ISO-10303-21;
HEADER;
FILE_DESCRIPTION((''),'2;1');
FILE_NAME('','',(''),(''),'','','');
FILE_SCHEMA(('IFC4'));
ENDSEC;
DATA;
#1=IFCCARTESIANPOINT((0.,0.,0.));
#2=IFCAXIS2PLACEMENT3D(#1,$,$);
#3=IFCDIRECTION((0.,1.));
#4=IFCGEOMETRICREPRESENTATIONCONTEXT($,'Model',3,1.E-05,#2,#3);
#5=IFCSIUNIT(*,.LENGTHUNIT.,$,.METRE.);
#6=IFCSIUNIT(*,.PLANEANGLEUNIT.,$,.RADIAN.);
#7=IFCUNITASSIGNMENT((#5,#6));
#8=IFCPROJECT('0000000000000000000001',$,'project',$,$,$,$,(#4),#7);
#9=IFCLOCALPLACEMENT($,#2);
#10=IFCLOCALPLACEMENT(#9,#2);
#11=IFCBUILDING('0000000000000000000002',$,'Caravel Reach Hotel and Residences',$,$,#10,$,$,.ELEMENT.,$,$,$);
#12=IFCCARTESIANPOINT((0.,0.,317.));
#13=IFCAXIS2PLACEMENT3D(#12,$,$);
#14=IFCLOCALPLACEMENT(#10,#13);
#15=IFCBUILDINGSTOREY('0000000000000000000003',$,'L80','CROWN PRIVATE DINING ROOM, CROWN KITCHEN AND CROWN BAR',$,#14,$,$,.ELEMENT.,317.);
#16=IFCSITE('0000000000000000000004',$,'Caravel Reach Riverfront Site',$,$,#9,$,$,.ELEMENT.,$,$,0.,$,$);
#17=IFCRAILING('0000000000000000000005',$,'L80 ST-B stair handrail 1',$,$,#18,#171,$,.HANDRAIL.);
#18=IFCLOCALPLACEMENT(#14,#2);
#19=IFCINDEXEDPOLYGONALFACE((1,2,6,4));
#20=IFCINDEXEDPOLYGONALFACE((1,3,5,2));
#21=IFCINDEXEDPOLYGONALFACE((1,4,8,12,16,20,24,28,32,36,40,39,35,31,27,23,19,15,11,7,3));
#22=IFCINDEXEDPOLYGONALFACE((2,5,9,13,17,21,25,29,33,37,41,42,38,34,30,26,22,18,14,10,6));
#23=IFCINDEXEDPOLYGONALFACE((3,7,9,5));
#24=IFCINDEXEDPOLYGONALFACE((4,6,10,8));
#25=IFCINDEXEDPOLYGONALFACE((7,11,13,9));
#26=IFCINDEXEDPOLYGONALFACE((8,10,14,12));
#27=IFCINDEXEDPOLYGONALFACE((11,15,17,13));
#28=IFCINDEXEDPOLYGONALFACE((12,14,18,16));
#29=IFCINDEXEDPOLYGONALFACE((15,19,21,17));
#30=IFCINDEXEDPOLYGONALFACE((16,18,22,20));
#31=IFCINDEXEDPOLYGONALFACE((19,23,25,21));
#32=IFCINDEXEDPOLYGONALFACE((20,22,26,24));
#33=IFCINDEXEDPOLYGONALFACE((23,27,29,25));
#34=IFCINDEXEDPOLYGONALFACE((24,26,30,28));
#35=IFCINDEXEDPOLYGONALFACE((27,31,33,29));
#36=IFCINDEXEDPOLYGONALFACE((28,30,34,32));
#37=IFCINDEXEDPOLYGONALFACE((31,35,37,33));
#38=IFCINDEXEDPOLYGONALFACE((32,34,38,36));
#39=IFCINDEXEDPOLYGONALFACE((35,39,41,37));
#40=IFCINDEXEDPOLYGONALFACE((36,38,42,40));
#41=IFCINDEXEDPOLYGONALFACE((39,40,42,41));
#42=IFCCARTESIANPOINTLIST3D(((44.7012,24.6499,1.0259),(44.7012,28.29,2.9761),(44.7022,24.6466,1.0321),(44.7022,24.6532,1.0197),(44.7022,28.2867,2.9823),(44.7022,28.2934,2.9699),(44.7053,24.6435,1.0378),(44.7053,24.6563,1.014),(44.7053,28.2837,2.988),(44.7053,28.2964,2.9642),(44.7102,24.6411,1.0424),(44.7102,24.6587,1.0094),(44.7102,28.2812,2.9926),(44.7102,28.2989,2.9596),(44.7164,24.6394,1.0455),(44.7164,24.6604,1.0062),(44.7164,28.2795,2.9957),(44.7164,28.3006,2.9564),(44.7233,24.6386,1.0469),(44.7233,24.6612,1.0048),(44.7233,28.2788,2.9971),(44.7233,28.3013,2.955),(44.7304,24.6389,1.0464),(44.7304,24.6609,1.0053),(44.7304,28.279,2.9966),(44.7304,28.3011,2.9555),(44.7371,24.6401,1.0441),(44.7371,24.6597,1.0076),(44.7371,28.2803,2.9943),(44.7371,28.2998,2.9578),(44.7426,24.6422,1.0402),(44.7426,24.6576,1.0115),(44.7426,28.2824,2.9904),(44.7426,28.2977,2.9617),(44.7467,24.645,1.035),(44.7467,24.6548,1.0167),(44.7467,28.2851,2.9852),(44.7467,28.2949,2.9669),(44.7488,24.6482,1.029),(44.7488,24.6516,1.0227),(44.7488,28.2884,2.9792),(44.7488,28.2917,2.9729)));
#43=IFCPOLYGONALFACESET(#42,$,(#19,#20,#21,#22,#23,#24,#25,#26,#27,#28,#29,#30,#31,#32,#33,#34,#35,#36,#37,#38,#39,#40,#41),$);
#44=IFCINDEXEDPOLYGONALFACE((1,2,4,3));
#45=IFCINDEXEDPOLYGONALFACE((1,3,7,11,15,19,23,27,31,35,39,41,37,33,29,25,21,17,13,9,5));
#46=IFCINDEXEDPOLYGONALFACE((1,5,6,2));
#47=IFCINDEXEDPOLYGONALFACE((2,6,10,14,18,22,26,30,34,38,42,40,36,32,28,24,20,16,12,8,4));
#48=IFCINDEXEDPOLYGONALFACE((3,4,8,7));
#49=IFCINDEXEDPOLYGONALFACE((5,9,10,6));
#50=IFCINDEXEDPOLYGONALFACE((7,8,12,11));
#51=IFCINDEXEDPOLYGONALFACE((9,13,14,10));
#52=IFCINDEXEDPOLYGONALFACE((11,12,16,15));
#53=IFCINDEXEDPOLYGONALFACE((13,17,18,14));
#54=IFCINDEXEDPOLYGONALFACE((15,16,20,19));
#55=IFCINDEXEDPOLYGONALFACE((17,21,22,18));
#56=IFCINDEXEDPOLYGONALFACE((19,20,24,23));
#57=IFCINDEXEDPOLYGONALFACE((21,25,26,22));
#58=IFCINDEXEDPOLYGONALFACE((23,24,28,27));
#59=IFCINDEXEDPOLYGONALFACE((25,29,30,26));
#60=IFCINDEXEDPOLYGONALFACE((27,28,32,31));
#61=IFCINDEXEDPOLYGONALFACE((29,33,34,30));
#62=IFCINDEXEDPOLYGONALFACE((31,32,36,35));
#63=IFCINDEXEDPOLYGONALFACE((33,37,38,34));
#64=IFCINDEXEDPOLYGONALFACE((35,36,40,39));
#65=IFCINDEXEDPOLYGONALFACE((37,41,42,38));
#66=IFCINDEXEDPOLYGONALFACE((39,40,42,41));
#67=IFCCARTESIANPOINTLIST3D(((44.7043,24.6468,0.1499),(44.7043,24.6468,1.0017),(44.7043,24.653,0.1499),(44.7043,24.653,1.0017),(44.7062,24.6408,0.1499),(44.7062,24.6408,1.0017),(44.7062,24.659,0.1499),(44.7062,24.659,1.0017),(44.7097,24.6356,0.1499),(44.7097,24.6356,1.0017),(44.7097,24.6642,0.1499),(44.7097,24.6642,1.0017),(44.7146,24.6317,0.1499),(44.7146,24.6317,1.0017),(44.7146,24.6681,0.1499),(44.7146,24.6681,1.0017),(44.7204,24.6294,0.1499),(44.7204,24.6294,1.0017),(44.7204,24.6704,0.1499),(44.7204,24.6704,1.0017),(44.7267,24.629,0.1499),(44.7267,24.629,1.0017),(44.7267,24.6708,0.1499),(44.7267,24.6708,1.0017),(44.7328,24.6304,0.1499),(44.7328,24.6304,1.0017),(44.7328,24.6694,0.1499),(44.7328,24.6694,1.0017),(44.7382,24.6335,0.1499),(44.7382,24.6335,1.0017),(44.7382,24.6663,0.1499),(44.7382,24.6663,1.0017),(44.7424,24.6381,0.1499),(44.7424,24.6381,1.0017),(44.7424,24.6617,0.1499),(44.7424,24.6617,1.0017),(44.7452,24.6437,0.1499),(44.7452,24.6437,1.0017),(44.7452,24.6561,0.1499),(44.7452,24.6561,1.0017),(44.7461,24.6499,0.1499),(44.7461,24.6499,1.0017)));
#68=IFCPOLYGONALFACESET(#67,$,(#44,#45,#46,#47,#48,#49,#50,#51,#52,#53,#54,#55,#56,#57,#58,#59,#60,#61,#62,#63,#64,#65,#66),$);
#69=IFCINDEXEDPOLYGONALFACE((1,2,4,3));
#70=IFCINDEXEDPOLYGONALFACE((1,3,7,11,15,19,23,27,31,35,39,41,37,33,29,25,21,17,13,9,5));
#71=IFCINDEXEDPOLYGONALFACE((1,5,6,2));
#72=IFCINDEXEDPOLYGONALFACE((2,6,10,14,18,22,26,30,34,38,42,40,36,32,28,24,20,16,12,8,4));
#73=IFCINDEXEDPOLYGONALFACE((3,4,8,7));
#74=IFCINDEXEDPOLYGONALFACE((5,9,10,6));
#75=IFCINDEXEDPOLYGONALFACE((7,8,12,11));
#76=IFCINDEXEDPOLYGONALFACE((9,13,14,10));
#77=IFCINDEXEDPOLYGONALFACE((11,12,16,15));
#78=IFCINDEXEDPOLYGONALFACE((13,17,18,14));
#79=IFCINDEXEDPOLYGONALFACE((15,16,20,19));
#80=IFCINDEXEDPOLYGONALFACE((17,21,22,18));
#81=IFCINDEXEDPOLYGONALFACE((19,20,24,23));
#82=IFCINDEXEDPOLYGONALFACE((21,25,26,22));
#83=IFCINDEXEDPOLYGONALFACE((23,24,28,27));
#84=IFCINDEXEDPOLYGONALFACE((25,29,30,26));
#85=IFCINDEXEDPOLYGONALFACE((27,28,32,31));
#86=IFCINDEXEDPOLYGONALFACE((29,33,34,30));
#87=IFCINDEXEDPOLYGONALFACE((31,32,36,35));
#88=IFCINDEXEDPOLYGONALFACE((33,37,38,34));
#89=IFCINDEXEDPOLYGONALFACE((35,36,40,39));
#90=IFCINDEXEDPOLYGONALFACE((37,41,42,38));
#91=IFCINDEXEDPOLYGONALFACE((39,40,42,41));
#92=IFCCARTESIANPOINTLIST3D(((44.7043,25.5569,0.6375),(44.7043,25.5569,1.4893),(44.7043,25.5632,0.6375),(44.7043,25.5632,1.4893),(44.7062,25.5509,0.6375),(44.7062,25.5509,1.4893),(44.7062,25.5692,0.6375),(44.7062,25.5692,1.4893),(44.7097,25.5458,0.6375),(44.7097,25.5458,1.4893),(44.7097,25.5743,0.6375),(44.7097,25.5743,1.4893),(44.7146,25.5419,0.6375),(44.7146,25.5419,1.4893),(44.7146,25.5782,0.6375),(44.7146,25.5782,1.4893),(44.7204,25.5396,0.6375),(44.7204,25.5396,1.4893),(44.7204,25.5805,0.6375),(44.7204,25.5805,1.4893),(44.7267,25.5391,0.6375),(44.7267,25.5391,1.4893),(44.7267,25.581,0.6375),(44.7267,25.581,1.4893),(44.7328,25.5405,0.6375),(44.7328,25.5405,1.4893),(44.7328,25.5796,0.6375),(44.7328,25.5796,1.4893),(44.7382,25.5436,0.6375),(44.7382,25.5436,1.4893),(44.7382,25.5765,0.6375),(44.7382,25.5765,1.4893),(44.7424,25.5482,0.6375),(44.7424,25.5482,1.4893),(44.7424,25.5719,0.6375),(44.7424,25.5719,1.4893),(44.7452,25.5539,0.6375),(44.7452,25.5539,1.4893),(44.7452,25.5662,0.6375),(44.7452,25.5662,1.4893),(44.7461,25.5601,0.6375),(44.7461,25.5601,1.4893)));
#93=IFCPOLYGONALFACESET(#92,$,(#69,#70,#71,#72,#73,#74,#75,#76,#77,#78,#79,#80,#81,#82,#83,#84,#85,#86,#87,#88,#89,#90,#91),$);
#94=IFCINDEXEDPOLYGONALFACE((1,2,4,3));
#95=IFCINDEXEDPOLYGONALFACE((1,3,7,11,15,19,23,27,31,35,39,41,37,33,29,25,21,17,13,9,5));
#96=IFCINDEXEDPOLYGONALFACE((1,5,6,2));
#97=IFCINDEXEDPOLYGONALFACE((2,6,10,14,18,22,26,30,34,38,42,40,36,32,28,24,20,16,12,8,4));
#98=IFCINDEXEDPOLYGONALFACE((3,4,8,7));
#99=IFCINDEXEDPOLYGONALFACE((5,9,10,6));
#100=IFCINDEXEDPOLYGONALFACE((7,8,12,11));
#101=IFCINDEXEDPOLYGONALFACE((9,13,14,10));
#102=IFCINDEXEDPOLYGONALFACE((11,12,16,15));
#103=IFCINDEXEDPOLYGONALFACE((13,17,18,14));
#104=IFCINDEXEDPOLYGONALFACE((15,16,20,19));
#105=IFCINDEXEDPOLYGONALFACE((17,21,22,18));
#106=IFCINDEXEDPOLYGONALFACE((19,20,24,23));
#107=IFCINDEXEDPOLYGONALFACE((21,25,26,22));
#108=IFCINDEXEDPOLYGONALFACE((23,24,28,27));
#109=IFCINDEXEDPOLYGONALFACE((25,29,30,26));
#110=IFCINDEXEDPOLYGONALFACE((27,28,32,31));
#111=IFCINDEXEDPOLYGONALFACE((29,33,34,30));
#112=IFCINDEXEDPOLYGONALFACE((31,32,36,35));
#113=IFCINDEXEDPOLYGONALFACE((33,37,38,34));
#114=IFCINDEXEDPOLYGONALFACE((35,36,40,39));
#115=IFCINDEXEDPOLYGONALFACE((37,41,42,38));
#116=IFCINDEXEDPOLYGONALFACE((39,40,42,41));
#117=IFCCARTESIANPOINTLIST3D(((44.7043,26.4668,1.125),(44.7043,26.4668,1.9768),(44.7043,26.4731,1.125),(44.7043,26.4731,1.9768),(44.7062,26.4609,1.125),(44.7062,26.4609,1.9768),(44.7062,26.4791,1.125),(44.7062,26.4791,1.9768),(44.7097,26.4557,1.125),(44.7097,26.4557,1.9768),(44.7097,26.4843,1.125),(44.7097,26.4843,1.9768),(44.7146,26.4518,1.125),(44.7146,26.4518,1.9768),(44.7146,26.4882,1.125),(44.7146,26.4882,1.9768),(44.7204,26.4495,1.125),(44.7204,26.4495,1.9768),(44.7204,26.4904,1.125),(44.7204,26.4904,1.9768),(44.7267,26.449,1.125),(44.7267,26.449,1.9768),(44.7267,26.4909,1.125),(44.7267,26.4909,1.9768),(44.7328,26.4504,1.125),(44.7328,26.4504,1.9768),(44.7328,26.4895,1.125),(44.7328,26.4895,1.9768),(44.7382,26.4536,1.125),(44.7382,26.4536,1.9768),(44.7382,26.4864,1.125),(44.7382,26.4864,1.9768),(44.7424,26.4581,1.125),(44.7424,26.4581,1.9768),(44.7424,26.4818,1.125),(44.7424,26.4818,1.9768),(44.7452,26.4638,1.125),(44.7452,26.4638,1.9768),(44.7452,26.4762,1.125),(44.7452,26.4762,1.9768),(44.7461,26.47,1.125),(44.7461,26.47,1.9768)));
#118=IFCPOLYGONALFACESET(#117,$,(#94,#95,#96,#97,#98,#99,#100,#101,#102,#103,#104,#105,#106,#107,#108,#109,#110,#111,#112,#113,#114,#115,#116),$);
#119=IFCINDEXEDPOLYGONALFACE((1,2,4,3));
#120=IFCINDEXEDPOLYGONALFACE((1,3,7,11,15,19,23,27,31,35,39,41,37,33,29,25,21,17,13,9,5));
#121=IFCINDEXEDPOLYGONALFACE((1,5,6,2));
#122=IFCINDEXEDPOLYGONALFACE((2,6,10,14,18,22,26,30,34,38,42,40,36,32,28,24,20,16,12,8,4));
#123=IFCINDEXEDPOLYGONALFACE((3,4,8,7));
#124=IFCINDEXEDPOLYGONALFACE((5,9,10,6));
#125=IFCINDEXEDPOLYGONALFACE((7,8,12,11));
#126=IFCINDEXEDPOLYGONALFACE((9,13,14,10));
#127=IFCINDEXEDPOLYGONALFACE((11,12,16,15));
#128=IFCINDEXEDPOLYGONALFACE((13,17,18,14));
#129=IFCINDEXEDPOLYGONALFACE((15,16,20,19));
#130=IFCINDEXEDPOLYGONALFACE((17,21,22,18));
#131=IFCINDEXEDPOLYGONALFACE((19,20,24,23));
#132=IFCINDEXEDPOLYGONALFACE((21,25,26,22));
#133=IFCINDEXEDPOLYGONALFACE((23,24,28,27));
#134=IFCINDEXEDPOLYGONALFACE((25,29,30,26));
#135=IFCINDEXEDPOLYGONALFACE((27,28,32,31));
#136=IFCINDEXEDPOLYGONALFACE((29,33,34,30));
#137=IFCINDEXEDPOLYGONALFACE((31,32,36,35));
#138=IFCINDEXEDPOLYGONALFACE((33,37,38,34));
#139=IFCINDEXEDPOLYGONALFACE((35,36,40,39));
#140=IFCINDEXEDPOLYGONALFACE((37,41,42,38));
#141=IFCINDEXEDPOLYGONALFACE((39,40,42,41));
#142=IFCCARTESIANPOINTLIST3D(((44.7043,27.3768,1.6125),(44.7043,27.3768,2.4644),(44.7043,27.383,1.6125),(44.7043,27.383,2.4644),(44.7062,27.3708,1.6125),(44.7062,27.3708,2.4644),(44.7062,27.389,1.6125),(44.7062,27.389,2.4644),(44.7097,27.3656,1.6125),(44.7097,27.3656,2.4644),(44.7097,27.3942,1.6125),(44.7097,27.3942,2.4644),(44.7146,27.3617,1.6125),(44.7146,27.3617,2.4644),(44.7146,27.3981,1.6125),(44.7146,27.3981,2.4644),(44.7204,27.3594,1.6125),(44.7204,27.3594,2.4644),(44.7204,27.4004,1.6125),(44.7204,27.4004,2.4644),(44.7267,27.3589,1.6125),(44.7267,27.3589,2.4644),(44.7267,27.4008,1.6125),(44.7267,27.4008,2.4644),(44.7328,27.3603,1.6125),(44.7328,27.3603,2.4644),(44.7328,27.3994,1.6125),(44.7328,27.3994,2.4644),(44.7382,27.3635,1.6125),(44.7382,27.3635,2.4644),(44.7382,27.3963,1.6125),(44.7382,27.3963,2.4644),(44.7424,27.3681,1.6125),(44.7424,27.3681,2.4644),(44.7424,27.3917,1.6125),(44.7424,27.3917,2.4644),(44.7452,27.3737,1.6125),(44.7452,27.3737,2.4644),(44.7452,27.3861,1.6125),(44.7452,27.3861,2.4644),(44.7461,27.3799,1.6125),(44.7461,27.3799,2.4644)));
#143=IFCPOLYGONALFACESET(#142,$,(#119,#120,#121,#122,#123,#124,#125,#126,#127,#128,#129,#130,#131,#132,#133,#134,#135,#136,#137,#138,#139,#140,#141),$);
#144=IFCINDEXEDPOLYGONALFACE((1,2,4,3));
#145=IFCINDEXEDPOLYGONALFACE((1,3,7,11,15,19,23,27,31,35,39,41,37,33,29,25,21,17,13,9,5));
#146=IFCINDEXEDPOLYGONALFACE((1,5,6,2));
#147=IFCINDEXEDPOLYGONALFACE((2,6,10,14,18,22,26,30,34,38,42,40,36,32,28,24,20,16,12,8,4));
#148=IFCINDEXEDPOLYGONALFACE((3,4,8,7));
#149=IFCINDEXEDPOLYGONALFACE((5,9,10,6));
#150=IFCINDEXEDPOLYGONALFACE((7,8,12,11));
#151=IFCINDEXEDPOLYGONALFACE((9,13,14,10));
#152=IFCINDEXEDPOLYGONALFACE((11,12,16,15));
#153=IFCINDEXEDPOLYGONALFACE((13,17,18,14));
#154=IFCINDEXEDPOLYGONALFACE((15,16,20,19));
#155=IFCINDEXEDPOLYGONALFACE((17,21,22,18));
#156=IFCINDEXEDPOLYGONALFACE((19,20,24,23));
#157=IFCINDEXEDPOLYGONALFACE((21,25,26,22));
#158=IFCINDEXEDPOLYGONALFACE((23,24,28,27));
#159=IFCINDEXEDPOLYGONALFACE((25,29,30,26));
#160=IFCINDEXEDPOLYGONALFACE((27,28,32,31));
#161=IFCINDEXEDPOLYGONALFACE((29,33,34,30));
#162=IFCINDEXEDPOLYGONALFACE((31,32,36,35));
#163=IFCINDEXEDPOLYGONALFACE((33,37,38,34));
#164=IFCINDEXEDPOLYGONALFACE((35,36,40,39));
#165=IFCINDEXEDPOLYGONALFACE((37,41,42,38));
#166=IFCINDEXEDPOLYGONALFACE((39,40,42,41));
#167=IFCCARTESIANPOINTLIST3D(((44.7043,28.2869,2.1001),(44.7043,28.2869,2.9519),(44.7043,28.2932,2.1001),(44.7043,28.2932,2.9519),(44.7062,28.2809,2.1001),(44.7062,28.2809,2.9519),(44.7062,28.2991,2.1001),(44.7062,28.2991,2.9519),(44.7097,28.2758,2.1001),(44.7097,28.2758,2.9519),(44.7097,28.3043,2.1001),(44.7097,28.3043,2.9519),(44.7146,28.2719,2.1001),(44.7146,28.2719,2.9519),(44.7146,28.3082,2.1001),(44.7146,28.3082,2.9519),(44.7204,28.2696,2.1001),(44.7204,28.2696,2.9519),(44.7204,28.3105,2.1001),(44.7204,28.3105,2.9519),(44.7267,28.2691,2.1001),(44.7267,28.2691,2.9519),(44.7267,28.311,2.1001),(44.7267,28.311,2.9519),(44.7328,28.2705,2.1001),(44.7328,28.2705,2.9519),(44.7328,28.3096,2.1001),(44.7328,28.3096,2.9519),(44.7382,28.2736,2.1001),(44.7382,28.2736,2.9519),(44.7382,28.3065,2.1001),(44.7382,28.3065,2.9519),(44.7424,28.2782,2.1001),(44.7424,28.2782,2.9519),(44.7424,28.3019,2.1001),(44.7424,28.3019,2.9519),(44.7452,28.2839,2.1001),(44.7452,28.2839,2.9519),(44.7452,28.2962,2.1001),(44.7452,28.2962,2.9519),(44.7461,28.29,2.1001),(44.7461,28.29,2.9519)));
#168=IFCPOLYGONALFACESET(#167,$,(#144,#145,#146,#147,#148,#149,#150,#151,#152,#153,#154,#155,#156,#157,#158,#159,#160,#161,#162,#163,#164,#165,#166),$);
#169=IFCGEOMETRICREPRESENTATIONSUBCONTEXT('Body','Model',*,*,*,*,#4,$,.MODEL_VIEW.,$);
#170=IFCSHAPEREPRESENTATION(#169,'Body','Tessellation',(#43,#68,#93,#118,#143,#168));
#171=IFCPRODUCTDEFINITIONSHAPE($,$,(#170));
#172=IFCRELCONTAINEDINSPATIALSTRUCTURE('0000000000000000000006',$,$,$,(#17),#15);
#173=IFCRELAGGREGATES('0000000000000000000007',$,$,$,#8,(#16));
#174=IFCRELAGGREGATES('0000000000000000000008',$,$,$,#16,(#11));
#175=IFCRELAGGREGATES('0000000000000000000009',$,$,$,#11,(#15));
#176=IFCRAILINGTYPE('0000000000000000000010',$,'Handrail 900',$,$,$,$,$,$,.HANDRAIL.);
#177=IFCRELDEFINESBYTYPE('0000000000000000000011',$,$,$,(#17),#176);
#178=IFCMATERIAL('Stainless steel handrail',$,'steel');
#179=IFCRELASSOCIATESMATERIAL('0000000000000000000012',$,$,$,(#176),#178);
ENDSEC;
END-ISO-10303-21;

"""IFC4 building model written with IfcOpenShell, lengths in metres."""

from ifc_helpers import new_model, si_unit, direction, frame, origin, origin_2d, place, context, subcontext, project, spatial, circle, extrude, material, type_object, element, save


model = new_model("IFC4")

# Units and contexts
model_context = context("Model", 3, precision=1e-05, world=origin(), true_north=direction((0.0, 1.0)))
body_context = subcontext(model_context, "Body", "Model", "MODEL_VIEW")
ifc_project = project(units=[si_unit("LENGTHUNIT", "METRE"), si_unit("PLANEANGLEUNIT", "RADIAN")], contexts=[model_context])

# Site, building, storey
site_placement = place(None, origin())
site = spatial("IfcSite", under=ifc_project, at=site_placement, Name="Caravel Reach Riverfront Site", CompositionType="ELEMENT", RefElevation=0.0)
building_placement = place(site_placement, origin())
building = spatial("IfcBuilding", under=site, at=building_placement, Name="Caravel Reach Hotel and Residences", CompositionType="ELEMENT")
storey_placement = place(building_placement, frame((0.0, 0.0, 317.0)))
storey = spatial("IfcBuildingStorey", under=building, at=storey_placement, Name="L80", Description="CROWN PRIVATE DINING ROOM, CROWN KITCHEN AND CROWN BAR", CompositionType="ELEMENT", Elevation=317.0)

# Railing
ifc_material_1 = material(Name="Stainless steel handrail", Category="steel")
railing_type_1 = type_object("IfcRailingType", Name="Handrail 900", PredefinedType="HANDRAIL", material=ifc_material_1)
railing_1_placement = place(storey_placement, frame((44.7251, 24.6499, 0.1499)))
element("IfcRailing", 1, at=railing_1_placement, inside=storey, type_object=railing_type_1, Name="L80 ST-B stair handrail 1", PredefinedType="HANDRAIL", context=body_context, shape_type="SweptSolid", body=[
    extrude(circle(Radius=0.0239, at=origin_2d()), frame((0.0, 0.0, 0.876), z_axis=(0.0, 0.881468, 0.472244), x_axis=(-1.0, 0.0, 0.0)), (0.0, 0.0, 1.0), 4.1296),
    extrude(circle(Radius=0.021, at=origin_2d()), origin(), (0.0, 0.0, 1.0), 0.8518),
    extrude(circle(Radius=0.021, at=origin_2d()), frame((0.0, 0.9102, 0.4875)), (0.0, 0.0, 1.0), 0.8518),
    extrude(circle(Radius=0.021, at=origin_2d()), frame((0.0, 1.8201, 0.9751)), (0.0, 0.0, 1.0), 0.8518),
    extrude(circle(Radius=0.021, at=origin_2d()), frame((0.0, 2.73, 1.4626)), (0.0, 0.0, 1.0), 0.8518),
    extrude(circle(Radius=0.021, at=origin_2d()), frame((0.0, 3.6401, 1.9502)), (0.0, 0.0, 1.0), 0.8518),
])

save(model, "model.ifc")
